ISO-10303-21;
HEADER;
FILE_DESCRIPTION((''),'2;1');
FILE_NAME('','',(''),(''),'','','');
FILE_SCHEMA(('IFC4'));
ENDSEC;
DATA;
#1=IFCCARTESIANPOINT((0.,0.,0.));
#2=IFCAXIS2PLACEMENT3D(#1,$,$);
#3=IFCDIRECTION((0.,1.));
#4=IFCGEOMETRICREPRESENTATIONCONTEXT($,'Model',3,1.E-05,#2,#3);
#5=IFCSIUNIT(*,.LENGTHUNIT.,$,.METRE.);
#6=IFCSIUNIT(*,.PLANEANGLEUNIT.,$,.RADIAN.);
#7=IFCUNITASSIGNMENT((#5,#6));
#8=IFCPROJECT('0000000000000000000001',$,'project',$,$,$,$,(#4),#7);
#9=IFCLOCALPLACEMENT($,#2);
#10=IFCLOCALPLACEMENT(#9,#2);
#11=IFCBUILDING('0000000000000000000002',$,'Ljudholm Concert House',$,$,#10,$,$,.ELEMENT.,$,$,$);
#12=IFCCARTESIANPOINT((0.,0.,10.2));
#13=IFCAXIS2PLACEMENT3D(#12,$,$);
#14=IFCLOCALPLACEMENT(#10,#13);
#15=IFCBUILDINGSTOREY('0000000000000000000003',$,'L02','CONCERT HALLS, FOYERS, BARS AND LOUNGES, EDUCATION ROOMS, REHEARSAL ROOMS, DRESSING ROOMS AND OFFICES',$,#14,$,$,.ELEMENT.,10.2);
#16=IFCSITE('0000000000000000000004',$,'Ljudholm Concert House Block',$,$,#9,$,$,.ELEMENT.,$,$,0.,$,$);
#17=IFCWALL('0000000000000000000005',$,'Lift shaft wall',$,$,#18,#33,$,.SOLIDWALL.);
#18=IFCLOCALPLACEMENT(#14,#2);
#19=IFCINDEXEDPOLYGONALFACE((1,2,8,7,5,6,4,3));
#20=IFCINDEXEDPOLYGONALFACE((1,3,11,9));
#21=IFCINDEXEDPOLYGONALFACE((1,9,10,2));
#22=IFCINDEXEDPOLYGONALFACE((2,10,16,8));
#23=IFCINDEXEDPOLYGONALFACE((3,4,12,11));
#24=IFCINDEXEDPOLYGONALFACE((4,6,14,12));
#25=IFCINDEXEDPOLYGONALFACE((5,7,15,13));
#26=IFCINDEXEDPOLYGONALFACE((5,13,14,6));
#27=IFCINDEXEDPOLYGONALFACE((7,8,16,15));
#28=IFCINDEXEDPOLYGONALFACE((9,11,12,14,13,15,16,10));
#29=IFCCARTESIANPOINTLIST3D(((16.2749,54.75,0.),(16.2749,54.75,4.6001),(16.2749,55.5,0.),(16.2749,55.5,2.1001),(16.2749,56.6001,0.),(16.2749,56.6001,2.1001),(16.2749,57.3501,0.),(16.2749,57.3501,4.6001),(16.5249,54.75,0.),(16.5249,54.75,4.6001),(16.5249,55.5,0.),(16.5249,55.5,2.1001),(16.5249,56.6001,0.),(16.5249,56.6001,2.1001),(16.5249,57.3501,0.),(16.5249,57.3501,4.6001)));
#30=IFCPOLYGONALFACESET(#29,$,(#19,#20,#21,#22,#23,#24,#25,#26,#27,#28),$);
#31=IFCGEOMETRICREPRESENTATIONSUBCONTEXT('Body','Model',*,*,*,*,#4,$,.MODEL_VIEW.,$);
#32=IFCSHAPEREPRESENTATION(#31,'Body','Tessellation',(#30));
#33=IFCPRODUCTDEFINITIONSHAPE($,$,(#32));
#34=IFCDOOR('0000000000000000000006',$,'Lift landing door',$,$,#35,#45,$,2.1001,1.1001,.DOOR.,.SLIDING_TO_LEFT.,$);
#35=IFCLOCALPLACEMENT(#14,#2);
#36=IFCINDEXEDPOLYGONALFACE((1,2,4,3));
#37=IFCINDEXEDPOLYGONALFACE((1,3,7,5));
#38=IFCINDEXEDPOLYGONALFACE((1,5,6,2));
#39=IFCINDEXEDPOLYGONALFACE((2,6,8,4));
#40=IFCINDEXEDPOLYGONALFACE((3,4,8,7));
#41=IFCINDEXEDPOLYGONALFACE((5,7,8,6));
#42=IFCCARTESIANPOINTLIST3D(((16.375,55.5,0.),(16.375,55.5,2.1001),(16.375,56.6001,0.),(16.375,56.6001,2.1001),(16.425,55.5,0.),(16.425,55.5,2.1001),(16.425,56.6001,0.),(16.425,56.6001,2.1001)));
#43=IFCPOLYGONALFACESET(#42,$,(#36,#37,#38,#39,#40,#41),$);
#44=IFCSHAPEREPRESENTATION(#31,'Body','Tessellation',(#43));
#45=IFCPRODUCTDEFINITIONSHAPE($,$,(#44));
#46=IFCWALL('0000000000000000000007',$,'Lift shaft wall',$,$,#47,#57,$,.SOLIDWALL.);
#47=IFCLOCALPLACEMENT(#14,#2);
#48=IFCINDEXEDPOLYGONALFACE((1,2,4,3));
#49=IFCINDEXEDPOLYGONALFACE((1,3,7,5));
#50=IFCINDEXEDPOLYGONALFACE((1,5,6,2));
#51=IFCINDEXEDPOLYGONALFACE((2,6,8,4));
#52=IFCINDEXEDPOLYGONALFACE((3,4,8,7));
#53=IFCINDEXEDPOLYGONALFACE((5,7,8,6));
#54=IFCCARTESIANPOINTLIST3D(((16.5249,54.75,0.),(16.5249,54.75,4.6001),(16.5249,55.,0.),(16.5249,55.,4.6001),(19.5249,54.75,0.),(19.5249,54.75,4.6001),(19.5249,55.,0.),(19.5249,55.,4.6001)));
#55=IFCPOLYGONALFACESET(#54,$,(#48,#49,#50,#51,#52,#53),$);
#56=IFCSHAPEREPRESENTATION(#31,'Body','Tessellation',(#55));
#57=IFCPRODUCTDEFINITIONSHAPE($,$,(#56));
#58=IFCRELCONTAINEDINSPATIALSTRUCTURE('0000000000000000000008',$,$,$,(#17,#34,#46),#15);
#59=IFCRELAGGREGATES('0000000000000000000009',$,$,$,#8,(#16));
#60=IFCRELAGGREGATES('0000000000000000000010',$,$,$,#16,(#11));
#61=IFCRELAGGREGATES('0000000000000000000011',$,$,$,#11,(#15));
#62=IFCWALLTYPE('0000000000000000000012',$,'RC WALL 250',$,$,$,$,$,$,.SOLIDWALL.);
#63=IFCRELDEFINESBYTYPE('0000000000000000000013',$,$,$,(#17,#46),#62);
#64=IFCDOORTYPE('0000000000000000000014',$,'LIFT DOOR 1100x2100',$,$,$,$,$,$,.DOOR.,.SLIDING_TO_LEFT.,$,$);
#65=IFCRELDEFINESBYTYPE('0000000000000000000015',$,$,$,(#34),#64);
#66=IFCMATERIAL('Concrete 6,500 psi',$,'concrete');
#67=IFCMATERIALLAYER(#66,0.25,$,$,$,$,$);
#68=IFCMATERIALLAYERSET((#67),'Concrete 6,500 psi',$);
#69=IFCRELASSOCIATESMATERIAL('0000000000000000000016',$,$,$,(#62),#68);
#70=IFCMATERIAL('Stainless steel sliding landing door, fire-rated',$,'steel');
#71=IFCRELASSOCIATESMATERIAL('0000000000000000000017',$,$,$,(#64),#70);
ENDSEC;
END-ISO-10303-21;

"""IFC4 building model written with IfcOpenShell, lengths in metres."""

from ifc_helpers import new_model, si_unit, direction, frame, frame_2d, origin, place, context, subcontext, project, spatial, rectangle, extrude, material, layer, layer_set, type_object, element, fill, save


model = new_model("IFC4")

# Units and contexts
model_context = context("Model", 3, precision=1e-05, world=origin(), true_north=direction((0.0, 1.0)))
body_context = subcontext(model_context, "Body", "Model", "MODEL_VIEW")
ifc_project = project(units=[si_unit("LENGTHUNIT", "METRE"), si_unit("PLANEANGLEUNIT", "RADIAN")], contexts=[model_context])

# Site, building, storey
site_placement = place(None, origin())
site = spatial("IfcSite", under=ifc_project, at=site_placement, Name="Ljudholm Concert House Block", CompositionType="ELEMENT", RefElevation=0.0)
building_placement = place(site_placement, origin())
building = spatial("IfcBuilding", under=site, at=building_placement, Name="Ljudholm Concert House", CompositionType="ELEMENT")
storey_placement = place(building_placement, frame((0.0, 0.0, 10.2)))
storey = spatial("IfcBuildingStorey", under=building, at=storey_placement, Name="L02", Description="CONCERT HALLS, FOYERS, BARS AND LOUNGES, EDUCATION ROOMS, REHEARSAL ROOMS, DRESSING ROOMS AND OFFICES", CompositionType="ELEMENT", Elevation=10.2)

# Wall, opening, door
ifc_material_1 = material(Name="Concrete 6,500 psi", Category="concrete")
ifc_layer_1 = layer(ifc_material_1, 0.25)
ifc_layer_set_1 = layer_set([ifc_layer_1], Name="Concrete 6,500 psi")
wall_type_1 = type_object("IfcWallType", Name="RC WALL 250", PredefinedType="SOLIDWALL", material=ifc_layer_set_1)
wall_1_placement = place(storey_placement, frame((16.3999, 54.75, 0.0), z_axis=(0.0, 0.0, 1.0), x_axis=(0.0, 1.0, 0.0)))
wall_1 = element("IfcWall", 1, at=wall_1_placement, inside=storey, type_object=wall_type_1, Name="Lift shaft wall", PredefinedType="SOLIDWALL", context=body_context, shape_type="SweptSolid", body=[
    extrude(rectangle(XDim=2.6001, YDim=0.25, at=frame_2d((1.3, 0.0))), origin(), (0.0, 0.0, 1.0), 4.6001),
])
opening_1_placement = place(wall_1_placement, frame((0.75, 0.0, 0.0)))
opening_1 = element("IfcOpeningElement", 2, at=opening_1_placement, cuts=wall_1, PredefinedType="OPENING", context=body_context, shape_type="SweptSolid", body=[
    extrude(rectangle(XDim=1.1001, YDim=2.1001, at=frame_2d((0.55, 1.05))), frame((0.0, 0.135, 0.0), z_axis=(0.0, -1.0, 0.0), x_axis=(1.0, 0.0, 0.0)), (0.0, 0.0, 1.0), 0.27),
])
ifc_material_2 = material(Name="Stainless steel sliding landing door, fire-rated", Category="steel")
door_type_1 = type_object("IfcDoorType", Name="LIFT DOOR 1100x2100", OperationType="SLIDING_TO_LEFT", PredefinedType="DOOR", material=ifc_material_2)
door_1_placement = place(opening_1_placement, origin())
door_1 = element("IfcDoor", 3, at=door_1_placement, inside=storey, type_object=door_type_1, Name="Lift landing door", OperationType="SLIDING_TO_LEFT", OverallHeight=2.1001, OverallWidth=1.1001, PredefinedType="DOOR", context=body_context, shape_type="SweptSolid", body=[
    extrude(rectangle(XDim=1.1001, YDim=2.1001, at=frame_2d((0.55, 1.05))), frame((0.0, 0.0249, 0.0), z_axis=(0.0, -1.0, 0.0), x_axis=(1.0, 0.0, 0.0)), (0.0, 0.0, 1.0), 0.05),
])
fill(opening_1, door_1)

# Wall
wall_2_placement = place(storey_placement, frame((16.5249, 54.875, 0.0), z_axis=(0.0, 0.0, 1.0), x_axis=(1.0, 0.0, 0.0)))
element("IfcWall", 4, at=wall_2_placement, inside=storey, type_object=wall_type_1, Name="Lift shaft wall", PredefinedType="SOLIDWALL", context=body_context, shape_type="SweptSolid", body=[
    extrude(rectangle(XDim=3.0, YDim=0.25, at=frame_2d((1.5, 0.0))), origin(), (0.0, 0.0, 1.0), 4.6001),
])

save(model, "model.ifc")
